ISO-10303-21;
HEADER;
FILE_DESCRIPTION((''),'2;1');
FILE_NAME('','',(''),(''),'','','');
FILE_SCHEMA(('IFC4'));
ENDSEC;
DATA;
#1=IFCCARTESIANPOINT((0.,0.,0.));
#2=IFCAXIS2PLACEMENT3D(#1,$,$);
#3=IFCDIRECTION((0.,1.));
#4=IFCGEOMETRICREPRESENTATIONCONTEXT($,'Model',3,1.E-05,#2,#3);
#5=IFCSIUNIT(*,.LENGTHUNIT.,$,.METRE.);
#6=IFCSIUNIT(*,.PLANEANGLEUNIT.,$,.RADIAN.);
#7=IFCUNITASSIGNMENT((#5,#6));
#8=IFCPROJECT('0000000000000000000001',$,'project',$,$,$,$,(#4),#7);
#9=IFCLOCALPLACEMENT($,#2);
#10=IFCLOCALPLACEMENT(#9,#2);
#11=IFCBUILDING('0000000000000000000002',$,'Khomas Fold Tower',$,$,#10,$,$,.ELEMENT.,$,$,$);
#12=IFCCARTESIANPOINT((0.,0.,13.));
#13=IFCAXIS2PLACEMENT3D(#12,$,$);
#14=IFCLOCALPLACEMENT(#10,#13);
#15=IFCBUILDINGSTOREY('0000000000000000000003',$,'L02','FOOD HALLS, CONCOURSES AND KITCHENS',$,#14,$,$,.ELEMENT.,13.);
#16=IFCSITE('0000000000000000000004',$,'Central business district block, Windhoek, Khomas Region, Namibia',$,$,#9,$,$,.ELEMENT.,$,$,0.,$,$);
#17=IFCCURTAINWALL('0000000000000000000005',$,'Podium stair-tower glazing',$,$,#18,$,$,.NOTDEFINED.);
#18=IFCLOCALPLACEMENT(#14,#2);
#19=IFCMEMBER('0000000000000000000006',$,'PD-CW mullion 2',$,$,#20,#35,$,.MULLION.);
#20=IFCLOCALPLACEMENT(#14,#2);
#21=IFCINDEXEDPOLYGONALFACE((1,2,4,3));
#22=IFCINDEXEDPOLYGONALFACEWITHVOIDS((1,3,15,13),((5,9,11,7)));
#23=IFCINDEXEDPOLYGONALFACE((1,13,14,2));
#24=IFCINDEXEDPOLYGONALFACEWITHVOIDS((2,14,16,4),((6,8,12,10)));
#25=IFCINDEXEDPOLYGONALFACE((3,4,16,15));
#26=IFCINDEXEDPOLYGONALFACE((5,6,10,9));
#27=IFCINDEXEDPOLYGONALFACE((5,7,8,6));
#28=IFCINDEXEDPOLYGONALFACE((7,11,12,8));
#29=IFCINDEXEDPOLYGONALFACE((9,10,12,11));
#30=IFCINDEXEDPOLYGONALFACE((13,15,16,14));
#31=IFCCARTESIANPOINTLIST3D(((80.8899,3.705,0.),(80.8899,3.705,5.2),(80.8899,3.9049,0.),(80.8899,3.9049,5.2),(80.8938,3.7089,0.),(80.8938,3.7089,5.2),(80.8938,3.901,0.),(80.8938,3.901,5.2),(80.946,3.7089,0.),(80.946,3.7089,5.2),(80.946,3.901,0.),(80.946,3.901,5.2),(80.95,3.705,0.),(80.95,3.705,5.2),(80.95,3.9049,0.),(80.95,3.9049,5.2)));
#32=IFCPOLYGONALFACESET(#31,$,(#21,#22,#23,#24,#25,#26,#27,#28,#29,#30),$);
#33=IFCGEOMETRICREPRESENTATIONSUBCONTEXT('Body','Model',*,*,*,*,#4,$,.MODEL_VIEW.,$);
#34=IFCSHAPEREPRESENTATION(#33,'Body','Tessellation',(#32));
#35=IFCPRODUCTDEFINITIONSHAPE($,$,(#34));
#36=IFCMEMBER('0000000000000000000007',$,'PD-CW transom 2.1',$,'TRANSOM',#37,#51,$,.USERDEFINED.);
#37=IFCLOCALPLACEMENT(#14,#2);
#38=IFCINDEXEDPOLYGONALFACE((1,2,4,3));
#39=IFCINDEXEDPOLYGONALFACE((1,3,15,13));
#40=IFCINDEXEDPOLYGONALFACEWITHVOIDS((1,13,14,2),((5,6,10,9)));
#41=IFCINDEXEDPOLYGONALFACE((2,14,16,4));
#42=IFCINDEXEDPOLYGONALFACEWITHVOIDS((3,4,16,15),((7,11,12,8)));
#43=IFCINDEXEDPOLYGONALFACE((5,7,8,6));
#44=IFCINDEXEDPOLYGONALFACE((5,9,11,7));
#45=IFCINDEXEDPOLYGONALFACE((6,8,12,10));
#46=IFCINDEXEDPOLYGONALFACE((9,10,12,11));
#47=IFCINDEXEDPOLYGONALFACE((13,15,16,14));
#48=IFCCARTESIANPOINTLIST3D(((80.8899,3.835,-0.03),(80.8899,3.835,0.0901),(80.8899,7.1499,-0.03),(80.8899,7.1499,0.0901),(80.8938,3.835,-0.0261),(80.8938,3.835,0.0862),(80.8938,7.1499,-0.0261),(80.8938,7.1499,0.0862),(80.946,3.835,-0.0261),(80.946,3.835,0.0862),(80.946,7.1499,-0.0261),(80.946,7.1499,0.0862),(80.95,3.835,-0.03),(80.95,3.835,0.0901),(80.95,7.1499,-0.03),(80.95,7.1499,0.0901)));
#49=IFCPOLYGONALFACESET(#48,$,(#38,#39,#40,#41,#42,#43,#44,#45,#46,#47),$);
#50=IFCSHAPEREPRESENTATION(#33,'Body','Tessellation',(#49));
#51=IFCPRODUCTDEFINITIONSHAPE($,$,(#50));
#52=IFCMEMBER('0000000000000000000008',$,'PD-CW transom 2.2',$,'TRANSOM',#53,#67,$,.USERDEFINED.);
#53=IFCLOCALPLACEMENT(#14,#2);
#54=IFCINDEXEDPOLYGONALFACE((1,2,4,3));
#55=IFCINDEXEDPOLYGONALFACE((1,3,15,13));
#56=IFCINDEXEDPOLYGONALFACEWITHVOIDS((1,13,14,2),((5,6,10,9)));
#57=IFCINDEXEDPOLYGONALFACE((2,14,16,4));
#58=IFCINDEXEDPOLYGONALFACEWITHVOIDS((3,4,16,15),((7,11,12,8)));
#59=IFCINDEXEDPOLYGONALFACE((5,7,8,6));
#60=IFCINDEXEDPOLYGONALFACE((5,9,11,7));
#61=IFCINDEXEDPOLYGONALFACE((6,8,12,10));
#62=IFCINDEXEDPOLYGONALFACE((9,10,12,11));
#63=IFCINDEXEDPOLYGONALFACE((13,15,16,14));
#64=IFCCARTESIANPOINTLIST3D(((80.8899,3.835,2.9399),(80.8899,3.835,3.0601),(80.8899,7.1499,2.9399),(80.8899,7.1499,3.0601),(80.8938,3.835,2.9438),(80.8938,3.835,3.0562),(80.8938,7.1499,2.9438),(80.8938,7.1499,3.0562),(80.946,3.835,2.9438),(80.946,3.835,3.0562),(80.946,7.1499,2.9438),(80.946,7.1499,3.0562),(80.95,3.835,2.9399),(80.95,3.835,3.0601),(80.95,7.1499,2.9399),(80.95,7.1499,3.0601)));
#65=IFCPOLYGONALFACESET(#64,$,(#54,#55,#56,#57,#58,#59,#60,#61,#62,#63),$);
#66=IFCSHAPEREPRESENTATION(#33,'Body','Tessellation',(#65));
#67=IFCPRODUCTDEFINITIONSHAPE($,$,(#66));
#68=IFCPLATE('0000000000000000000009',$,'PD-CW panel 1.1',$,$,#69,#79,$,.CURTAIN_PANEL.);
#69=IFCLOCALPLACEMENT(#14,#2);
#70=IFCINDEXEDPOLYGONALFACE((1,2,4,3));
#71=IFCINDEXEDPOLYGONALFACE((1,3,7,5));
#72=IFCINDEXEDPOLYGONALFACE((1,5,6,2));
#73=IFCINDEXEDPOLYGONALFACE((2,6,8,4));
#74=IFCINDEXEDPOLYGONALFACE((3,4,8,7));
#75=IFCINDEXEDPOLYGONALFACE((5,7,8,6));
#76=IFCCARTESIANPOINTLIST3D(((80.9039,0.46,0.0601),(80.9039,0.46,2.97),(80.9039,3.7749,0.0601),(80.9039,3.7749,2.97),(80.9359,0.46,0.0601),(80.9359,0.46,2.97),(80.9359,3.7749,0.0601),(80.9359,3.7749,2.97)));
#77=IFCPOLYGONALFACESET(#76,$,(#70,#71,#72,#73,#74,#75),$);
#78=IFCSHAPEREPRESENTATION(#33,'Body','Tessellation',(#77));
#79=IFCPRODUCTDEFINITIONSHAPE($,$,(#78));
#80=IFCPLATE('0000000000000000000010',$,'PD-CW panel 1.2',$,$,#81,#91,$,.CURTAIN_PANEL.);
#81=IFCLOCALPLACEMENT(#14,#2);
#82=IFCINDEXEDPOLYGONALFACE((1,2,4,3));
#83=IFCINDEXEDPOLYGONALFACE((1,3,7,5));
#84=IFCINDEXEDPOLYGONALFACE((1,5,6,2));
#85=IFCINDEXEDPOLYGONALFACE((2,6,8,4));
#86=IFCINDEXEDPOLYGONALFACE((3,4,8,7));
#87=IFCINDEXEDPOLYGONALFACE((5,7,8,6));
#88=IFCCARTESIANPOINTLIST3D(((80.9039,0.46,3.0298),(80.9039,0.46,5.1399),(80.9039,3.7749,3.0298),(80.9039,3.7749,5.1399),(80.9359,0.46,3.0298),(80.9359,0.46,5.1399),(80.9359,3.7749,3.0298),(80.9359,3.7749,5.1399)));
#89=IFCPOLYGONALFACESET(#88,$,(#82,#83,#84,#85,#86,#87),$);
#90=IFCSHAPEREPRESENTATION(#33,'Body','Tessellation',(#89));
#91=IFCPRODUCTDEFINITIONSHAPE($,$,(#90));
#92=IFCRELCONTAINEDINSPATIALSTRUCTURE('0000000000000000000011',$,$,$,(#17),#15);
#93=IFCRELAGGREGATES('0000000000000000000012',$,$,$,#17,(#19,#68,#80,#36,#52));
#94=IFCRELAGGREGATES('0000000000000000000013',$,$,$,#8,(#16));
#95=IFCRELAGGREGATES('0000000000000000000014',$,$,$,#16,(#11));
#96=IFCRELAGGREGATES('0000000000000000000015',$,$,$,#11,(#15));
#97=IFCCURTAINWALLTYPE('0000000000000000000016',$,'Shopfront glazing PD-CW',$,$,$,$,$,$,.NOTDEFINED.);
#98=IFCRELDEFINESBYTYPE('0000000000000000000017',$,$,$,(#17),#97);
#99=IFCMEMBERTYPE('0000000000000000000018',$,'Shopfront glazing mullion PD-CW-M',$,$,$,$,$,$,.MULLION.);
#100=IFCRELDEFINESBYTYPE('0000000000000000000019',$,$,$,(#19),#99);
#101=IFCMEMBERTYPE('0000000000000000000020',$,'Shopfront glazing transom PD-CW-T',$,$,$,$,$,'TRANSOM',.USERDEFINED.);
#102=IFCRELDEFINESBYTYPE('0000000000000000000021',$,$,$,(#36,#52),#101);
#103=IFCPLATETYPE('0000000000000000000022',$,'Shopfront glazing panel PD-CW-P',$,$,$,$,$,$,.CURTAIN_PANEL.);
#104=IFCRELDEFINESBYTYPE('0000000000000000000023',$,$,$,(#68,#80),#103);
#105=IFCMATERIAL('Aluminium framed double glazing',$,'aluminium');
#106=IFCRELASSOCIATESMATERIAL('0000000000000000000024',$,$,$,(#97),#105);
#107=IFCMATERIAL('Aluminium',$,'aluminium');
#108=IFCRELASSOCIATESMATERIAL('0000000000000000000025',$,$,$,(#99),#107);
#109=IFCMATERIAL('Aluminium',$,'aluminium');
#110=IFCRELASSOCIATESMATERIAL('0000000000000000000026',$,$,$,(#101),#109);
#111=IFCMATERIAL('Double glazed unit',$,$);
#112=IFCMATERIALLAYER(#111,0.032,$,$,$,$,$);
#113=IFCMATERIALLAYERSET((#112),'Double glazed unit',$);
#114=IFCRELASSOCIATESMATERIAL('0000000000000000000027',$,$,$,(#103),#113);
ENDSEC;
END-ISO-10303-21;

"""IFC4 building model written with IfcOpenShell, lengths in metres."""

from ifc_helpers import new_model, si_unit, direction, frame, origin, origin_2d, place, context, subcontext, project, spatial, rectangle, hollow_rectangle, extrude, source, transform, mapped, material, layer, layer_set, material_profile, profile_set, type_object, element, aggregate, save


model = new_model("IFC4")

# Units and contexts
model_context = context("Model", 3, precision=1e-05, world=origin(), true_north=direction((0.0, 1.0)))
body_context = subcontext(model_context, "Body", "Model", "MODEL_VIEW")
ifc_project = project(units=[si_unit("LENGTHUNIT", "METRE"), si_unit("PLANEANGLEUNIT", "RADIAN")], contexts=[model_context])

# Site, building, storey
site_placement = place(None, origin())
site = spatial("IfcSite", under=ifc_project, at=site_placement, Name="Central business district block, Windhoek, Khomas Region, Namibia", CompositionType="ELEMENT", RefElevation=0.0)
building_placement = place(site_placement, origin())
building = spatial("IfcBuilding", under=site, at=building_placement, Name="Khomas Fold Tower", CompositionType="ELEMENT")
storey_placement = place(building_placement, frame((0.0, 0.0, 13.0)))
storey = spatial("IfcBuildingStorey", under=building, at=storey_placement, Name="L02", Description="FOOD HALLS, CONCOURSES AND KITCHENS", CompositionType="ELEMENT", Elevation=13.0)

# Curtain wall, members, plates
ifc_material_1 = material(Name="Aluminium framed double glazing", Category="aluminium")
curtain_wall_type = type_object("IfcCurtainWallType", Name="Shopfront glazing PD-CW", PredefinedType="NOTDEFINED", material=ifc_material_1)
curtain_wall_placement = place(storey_placement, origin())
curtain_wall = element("IfcCurtainWall", 1, at=curtain_wall_placement, inside=storey, type_object=curtain_wall_type, Name="Podium stair-tower glazing", PredefinedType="NOTDEFINED")
ifc_material_2 = material(Name="Aluminium", Category="aluminium")
ifc_material_profile_1 = material_profile(ifc_material_2, hollow_rectangle(XDim=0.0601, YDim=0.2, WallThickness=0.0039, at=origin_2d()), Name="Shopfront glazing mullion PD-CW-M")
ifc_profile_set_1 = profile_set([ifc_material_profile_1], Name="Aluminium")
member_type_1 = type_object("IfcMemberType", Name="Shopfront glazing mullion PD-CW-M", PredefinedType="MULLION", material=ifc_profile_set_1)
shared_shape_1 = source(origin(), body_context, "Body", "SweptSolid", [
    extrude(hollow_rectangle(XDim=0.0601, YDim=0.2, WallThickness=0.0039, at=origin_2d()), origin(), (0.0, 0.0, 1.0), 5.2),
])
member_1_placement = place(storey_placement, frame((80.9199, 3.8049, 0.0), z_axis=(0.0, 0.0, 1.0), x_axis=(-1.0, 0.0, 0.0)))
member_1 = element("IfcMember", 2, at=member_1_placement, type_object=member_type_1, Name="PD-CW mullion 2", PredefinedType="MULLION", context=body_context, shape_type="MappedRepresentation", body=[
    mapped(shared_shape_1, transform((0.0, 0.0, 0.0))),
])
ifc_material_3 = material(Name="Aluminium", Category="aluminium")
ifc_material_profile_2 = material_profile(ifc_material_3, hollow_rectangle(XDim=0.0601, YDim=0.1201, WallThickness=0.0039, at=origin_2d()), Name="Shopfront glazing transom PD-CW-T")
ifc_profile_set_2 = profile_set([ifc_material_profile_2], Name="Aluminium")
member_type_2 = type_object("IfcMemberType", Name="Shopfront glazing transom PD-CW-T", ElementType="TRANSOM", PredefinedType="USERDEFINED", material=ifc_profile_set_2)
shared_shape_2 = source(origin(), body_context, "Body", "SweptSolid", [
    extrude(hollow_rectangle(XDim=0.0601, YDim=0.1201, WallThickness=0.0039, at=origin_2d()), origin(), (0.0, 0.0, 1.0), 3.3149),
])
member_2_placement = place(storey_placement, frame((80.9199, 3.835, 0.03), z_axis=(0.0, 1.0, 0.0), x_axis=(-1.0, 0.0, 0.0)))
member_2 = element("IfcMember", 3, at=member_2_placement, type_object=member_type_2, Name="PD-CW transom 2.1", ObjectType="TRANSOM", PredefinedType="USERDEFINED", context=body_context, shape_type="MappedRepresentation", body=[
    mapped(shared_shape_2, transform((0.0, 0.0, 0.0))),
])
member_3_placement = place(storey_placement, frame((80.9199, 3.835, 3.0), z_axis=(0.0, 1.0, 0.0), x_axis=(-1.0, 0.0, 0.0)))
member_3 = element("IfcMember", 4, at=member_3_placement, type_object=member_type_2, Name="PD-CW transom 2.2", ObjectType="TRANSOM", PredefinedType="USERDEFINED", context=body_context, shape_type="MappedRepresentation", body=[
    mapped(shared_shape_2, transform((0.0, 0.0, 0.0))),
])
ifc_material_4 = material(Name="Double glazed unit")
ifc_layer = layer(ifc_material_4, 0.032)
ifc_layer_set = layer_set([ifc_layer], Name="Double glazed unit")
plate_type = type_object("IfcPlateType", Name="Shopfront glazing panel PD-CW-P", PredefinedType="CURTAIN_PANEL", material=ifc_layer_set)
shared_shape_3 = source(origin(), body_context, "Body", "SweptSolid", [
    extrude(rectangle(XDim=3.3149, YDim=0.032, at=origin_2d()), origin(), (0.0, 0.0, 1.0), 2.9099),
])
plate_1_placement = place(storey_placement, frame((80.9199, 2.1174, 0.0601), z_axis=(0.0, 0.0, 1.0), x_axis=(0.0, 1.0, 0.0)))
plate_1 = element("IfcPlate", 5, at=plate_1_placement, type_object=plate_type, Name="PD-CW panel 1.1", PredefinedType="CURTAIN_PANEL", context=body_context, shape_type="MappedRepresentation", body=[
    mapped(shared_shape_3, transform((0.0, 0.0, 0.0))),
])
shared_shape_4 = source(origin(), body_context, "Body", "SweptSolid", [
    extrude(rectangle(XDim=3.3149, YDim=0.032, at=origin_2d()), origin(), (0.0, 0.0, 1.0), 2.1101),
])
plate_2_placement = place(storey_placement, frame((80.9199, 2.1174, 3.0298), z_axis=(0.0, 0.0, 1.0), x_axis=(0.0, 1.0, 0.0)))
plate_2 = element("IfcPlate", 6, at=plate_2_placement, type_object=plate_type, Name="PD-CW panel 1.2", PredefinedType="CURTAIN_PANEL", context=body_context, shape_type="MappedRepresentation", body=[
    mapped(shared_shape_4, transform((0.0, 0.0, 0.0))),
])
aggregate(curtain_wall, [member_1, plate_1, plate_2, member_2, member_3])

save(model, "model.ifc")
